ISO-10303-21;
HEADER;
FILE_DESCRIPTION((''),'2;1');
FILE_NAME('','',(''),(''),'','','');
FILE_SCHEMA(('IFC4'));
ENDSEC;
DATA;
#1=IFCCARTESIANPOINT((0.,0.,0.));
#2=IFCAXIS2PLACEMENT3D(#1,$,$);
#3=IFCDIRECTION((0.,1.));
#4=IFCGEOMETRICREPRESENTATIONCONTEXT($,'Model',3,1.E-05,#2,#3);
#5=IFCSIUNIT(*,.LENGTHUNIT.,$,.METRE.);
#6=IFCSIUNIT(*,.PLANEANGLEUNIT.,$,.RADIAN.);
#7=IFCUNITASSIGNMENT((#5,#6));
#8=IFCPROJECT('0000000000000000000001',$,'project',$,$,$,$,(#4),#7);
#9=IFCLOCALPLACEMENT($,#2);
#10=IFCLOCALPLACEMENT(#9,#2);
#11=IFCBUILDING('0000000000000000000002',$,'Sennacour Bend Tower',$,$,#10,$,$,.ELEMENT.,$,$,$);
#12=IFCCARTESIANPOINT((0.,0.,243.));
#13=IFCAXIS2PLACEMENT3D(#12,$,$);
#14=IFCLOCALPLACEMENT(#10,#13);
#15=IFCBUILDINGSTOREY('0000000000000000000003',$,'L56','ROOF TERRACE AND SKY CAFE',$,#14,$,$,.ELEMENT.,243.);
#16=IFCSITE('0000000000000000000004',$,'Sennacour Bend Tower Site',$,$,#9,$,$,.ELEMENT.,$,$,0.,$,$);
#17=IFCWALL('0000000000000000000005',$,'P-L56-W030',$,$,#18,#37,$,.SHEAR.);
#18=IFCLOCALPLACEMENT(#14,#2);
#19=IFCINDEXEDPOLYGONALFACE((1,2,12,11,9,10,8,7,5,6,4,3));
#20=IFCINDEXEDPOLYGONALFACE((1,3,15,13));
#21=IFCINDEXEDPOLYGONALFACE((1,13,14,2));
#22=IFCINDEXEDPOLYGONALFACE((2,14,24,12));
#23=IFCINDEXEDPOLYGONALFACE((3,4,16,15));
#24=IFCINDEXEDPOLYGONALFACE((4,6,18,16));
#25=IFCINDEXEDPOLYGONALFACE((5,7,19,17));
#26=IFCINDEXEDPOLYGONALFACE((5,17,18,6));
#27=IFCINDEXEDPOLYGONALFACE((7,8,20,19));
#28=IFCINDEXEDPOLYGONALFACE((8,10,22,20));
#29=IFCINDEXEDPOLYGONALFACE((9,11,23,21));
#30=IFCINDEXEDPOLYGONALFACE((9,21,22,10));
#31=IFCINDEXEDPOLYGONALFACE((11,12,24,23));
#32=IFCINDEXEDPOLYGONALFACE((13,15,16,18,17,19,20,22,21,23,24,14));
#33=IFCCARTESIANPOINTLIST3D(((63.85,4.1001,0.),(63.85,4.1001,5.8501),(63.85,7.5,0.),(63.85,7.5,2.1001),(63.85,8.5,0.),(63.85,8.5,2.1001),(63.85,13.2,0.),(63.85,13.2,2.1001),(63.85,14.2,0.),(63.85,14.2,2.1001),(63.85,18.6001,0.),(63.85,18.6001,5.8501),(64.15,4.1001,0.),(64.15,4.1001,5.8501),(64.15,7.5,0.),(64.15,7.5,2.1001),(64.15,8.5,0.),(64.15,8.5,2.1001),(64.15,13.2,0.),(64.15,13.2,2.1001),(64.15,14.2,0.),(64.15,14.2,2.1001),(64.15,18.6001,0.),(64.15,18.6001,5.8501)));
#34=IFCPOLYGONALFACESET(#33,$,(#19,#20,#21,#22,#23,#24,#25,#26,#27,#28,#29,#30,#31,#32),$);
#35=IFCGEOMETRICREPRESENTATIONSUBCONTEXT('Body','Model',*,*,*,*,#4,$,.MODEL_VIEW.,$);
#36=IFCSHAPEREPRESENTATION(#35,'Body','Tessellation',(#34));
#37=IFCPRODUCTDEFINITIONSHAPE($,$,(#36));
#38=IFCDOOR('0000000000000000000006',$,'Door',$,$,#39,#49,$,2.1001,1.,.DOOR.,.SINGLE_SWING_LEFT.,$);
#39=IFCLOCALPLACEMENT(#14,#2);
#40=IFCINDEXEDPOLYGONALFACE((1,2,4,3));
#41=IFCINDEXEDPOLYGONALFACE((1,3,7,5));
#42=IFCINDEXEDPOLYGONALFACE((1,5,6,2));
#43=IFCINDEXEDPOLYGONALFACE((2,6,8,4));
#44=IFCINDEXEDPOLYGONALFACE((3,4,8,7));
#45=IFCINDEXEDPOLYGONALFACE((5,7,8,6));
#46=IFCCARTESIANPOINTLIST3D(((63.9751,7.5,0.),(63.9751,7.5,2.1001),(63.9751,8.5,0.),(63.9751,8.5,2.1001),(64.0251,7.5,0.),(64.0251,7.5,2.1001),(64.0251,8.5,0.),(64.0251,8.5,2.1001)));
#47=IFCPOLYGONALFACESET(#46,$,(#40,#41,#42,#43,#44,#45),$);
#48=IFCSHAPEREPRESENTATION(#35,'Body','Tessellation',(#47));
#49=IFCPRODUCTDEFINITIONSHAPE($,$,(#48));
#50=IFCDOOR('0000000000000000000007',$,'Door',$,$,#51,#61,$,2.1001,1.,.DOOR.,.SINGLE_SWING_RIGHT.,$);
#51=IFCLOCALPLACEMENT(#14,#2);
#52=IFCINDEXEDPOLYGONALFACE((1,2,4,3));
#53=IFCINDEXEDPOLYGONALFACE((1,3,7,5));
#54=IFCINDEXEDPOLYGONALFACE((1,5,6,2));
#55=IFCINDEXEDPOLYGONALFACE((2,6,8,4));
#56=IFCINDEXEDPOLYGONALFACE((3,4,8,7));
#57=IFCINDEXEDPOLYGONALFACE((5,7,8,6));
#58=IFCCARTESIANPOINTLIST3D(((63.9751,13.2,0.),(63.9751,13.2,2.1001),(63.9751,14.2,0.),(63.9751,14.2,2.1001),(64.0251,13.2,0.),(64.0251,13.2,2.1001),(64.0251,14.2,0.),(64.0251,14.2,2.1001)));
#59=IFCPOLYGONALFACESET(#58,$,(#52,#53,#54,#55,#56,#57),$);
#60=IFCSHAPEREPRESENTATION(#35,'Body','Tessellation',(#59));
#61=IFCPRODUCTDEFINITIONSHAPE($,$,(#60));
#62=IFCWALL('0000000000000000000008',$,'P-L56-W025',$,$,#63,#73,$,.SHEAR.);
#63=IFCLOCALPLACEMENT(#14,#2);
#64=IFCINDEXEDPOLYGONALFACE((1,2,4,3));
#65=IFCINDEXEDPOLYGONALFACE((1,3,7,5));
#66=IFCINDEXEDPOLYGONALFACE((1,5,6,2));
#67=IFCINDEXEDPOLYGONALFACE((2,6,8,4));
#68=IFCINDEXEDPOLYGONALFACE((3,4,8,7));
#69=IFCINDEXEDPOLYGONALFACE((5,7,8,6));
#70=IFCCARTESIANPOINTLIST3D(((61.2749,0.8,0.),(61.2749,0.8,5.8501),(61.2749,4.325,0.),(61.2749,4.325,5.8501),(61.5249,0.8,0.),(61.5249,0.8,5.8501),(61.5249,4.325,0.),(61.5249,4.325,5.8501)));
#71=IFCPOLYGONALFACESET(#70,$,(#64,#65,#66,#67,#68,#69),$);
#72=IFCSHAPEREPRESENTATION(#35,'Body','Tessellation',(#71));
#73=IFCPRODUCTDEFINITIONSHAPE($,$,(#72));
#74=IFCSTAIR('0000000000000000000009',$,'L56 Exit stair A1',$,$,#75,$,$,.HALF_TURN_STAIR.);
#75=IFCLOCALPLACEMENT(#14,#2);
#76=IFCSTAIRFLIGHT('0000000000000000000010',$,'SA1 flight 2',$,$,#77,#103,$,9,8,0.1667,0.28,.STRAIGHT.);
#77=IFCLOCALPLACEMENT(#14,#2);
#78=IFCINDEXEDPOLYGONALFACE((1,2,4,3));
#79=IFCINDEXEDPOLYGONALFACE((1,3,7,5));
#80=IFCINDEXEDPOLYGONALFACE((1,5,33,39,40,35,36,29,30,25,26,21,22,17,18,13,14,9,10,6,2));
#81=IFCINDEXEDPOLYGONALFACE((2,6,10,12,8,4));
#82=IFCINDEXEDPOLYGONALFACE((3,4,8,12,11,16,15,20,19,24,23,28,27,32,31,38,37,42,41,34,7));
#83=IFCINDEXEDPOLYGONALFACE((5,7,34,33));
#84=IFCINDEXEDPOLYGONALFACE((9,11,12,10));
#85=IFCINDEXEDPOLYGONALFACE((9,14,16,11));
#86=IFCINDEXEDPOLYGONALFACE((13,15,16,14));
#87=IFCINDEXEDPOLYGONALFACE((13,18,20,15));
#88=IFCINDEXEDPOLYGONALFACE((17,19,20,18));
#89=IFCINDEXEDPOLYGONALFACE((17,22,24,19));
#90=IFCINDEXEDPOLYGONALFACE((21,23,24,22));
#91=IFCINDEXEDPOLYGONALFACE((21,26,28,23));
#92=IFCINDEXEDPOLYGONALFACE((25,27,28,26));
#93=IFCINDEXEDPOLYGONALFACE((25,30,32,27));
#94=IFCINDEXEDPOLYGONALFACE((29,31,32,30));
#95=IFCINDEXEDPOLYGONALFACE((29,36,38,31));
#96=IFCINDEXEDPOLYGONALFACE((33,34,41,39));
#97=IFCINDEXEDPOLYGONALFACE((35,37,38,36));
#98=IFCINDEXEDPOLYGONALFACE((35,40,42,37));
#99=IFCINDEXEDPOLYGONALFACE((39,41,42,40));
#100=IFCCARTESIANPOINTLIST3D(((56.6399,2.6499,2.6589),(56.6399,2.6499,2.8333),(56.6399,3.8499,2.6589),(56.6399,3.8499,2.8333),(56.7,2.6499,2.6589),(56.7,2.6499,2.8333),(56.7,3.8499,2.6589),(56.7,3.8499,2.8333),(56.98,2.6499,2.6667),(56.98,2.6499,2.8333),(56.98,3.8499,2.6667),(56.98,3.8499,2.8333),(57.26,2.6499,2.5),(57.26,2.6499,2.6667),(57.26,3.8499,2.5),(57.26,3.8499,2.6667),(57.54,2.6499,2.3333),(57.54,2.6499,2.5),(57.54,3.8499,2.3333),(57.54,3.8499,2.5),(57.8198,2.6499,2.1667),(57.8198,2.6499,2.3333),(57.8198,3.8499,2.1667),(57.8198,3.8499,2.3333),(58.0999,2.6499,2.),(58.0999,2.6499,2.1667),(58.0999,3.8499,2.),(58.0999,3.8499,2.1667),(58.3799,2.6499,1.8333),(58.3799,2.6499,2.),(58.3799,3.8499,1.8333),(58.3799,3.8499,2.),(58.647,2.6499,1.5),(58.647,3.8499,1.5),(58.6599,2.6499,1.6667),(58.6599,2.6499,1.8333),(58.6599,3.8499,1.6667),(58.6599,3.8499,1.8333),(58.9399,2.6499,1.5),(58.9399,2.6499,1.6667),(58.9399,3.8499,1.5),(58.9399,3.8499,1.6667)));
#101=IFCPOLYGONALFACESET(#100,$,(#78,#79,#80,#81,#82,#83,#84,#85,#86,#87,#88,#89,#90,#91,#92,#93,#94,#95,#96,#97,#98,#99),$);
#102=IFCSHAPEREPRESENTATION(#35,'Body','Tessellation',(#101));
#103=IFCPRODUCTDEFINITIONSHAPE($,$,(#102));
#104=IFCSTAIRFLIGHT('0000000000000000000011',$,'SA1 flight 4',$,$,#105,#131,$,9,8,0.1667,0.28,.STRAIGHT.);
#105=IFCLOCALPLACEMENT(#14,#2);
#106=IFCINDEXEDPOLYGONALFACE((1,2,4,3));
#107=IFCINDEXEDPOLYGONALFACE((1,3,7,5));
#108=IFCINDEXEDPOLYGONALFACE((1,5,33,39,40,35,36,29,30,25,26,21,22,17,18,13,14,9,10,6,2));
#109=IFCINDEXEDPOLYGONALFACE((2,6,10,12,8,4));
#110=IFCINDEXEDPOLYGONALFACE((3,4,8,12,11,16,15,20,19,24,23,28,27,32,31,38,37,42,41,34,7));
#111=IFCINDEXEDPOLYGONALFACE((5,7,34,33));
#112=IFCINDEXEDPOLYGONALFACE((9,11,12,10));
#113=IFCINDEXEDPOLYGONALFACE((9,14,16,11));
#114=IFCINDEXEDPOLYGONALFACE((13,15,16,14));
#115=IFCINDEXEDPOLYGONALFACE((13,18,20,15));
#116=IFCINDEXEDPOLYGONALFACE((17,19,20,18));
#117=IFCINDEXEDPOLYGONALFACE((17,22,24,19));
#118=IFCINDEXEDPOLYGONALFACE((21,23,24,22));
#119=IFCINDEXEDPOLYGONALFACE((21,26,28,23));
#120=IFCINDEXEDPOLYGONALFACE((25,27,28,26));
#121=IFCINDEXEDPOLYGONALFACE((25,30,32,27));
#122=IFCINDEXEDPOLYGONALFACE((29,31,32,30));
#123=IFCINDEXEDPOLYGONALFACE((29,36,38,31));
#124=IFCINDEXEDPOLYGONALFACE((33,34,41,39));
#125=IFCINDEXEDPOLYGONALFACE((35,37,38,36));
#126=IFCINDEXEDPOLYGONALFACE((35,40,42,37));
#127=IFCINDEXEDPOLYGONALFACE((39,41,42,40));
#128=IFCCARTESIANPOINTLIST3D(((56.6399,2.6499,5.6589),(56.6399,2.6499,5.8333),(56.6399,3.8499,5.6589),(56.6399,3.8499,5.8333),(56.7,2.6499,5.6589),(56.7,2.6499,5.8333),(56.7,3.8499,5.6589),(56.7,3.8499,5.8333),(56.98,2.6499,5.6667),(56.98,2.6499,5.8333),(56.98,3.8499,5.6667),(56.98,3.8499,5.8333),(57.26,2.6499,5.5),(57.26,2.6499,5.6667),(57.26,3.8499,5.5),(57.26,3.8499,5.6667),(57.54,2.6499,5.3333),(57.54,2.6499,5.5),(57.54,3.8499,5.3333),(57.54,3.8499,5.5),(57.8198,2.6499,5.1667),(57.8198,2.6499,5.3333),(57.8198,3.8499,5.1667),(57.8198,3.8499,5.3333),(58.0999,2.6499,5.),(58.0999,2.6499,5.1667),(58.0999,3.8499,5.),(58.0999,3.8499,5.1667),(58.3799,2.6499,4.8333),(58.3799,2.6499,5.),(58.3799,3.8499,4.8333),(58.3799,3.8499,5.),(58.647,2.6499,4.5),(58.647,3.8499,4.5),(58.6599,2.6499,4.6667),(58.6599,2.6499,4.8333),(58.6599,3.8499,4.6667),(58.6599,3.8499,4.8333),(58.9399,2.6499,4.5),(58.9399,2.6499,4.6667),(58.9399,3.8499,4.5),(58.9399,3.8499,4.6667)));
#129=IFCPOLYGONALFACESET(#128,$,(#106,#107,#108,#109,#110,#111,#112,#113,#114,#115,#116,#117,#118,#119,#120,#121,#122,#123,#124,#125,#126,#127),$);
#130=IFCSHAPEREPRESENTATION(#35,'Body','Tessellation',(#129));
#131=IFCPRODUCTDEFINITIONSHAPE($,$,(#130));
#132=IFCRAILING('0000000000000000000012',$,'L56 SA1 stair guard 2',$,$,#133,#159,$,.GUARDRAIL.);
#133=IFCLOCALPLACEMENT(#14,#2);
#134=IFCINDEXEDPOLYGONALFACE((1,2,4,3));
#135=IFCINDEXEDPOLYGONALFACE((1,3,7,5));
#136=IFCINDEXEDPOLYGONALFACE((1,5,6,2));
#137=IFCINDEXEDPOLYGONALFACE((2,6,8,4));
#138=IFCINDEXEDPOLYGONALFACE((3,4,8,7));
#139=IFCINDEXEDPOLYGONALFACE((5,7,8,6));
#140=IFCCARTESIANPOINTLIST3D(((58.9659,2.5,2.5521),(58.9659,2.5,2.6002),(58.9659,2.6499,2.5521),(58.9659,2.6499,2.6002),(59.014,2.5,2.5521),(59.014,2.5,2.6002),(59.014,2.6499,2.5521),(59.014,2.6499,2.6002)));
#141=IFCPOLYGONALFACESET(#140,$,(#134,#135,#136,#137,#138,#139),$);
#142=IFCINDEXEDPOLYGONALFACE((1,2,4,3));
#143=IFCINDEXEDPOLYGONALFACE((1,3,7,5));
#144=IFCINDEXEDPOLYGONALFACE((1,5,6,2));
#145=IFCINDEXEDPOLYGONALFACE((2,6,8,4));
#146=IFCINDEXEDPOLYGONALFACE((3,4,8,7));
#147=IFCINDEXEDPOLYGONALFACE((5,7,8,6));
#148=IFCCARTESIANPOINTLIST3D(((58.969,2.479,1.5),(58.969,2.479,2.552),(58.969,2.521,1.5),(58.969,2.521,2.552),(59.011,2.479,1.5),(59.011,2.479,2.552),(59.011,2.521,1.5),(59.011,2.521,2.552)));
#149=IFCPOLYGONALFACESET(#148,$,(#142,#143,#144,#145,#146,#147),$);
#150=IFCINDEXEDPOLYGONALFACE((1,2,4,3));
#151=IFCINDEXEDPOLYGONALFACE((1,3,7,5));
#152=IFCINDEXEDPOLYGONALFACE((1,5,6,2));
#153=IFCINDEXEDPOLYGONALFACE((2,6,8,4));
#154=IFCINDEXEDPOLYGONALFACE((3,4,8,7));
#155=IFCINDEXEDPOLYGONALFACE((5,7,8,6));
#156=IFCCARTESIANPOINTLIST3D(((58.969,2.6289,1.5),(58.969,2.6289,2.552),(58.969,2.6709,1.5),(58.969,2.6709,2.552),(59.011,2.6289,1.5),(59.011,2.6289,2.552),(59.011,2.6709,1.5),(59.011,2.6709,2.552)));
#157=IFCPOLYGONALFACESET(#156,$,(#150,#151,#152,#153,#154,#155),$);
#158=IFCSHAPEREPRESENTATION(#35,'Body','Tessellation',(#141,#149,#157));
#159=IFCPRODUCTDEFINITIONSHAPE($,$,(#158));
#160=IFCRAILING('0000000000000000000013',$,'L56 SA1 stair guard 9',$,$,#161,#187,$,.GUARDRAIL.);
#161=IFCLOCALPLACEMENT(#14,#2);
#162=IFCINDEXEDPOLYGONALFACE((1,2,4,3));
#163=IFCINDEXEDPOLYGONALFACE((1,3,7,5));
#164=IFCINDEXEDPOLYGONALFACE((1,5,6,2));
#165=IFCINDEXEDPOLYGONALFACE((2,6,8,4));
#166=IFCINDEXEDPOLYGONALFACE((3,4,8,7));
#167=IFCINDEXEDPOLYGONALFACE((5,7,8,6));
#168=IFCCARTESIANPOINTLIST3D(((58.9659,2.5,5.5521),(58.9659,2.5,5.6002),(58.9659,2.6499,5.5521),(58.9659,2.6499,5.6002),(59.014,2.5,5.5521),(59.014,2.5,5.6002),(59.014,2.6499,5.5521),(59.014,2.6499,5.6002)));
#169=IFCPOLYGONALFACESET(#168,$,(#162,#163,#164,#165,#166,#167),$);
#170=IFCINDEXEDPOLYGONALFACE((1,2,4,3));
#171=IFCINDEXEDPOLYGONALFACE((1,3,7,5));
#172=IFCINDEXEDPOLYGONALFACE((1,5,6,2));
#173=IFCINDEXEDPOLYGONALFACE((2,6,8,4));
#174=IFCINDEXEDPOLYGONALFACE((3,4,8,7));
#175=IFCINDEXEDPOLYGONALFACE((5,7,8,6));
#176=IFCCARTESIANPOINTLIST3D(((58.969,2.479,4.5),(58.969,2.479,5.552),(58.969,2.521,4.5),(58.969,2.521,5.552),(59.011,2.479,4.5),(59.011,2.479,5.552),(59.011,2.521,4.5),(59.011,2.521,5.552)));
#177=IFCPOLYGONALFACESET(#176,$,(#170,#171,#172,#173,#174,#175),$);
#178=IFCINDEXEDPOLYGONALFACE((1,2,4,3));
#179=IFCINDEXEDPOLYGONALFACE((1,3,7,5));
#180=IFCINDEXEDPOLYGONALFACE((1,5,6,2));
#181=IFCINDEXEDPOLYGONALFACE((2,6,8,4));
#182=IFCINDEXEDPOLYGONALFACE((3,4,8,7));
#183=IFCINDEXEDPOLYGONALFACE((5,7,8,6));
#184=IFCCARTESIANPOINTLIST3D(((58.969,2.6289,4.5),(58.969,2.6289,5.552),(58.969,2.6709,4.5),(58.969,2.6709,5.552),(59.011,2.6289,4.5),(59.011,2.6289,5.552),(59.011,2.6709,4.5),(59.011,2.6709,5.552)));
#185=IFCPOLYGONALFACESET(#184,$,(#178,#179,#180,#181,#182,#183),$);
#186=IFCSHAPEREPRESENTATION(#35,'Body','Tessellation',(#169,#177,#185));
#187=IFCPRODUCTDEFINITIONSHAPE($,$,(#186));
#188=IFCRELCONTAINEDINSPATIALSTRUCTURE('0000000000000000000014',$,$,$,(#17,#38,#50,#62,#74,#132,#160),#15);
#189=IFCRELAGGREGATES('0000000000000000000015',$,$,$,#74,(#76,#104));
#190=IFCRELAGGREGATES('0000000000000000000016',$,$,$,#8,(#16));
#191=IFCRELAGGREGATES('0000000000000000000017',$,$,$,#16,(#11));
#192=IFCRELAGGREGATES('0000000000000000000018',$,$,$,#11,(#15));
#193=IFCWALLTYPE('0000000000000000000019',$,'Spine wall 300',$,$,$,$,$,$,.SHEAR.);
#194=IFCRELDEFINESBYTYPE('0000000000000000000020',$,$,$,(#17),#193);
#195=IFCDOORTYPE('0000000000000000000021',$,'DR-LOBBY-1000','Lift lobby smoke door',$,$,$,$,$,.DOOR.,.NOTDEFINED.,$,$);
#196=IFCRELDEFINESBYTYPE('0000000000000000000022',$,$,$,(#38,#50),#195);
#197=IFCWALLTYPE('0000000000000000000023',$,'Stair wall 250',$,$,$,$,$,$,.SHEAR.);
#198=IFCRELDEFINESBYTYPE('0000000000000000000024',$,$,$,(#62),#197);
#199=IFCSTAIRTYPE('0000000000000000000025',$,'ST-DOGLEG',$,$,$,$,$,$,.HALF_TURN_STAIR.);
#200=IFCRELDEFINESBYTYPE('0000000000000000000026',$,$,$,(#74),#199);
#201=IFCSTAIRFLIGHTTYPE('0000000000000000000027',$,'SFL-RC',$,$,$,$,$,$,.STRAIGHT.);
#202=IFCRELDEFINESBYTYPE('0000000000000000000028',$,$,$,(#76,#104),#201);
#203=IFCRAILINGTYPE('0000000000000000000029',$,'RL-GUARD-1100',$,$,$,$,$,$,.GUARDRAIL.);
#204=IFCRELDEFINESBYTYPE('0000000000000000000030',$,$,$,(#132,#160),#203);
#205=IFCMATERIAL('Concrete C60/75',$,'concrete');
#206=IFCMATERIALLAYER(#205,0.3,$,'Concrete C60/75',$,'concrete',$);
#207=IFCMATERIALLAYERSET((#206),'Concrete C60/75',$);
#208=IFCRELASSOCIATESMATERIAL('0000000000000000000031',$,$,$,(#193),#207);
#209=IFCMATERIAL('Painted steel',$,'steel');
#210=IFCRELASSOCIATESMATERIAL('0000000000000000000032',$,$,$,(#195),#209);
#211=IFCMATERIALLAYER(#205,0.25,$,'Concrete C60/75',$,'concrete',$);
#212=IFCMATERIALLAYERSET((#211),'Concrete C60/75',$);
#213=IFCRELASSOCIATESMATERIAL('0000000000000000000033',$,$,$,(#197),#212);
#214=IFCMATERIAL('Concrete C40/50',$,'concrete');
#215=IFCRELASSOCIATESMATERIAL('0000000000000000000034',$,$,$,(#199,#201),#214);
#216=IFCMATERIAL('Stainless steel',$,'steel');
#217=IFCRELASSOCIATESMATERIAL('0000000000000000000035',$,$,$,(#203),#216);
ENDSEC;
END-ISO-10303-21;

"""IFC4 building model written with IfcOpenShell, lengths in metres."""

from ifc_helpers import new_model, si_unit, direction, frame, frame_2d, origin, origin_2d, place, context, subcontext, project, spatial, polyline, rectangle, outline, extrude, material, layer, layer_set, type_object, element, fill, aggregate, save


model = new_model("IFC4")

# Units and contexts
model_context = context("Model", 3, precision=1e-05, world=origin(), true_north=direction((0.0, 1.0)))
body_context = subcontext(model_context, "Body", "Model", "MODEL_VIEW")
ifc_project = project(units=[si_unit("LENGTHUNIT", "METRE"), si_unit("PLANEANGLEUNIT", "RADIAN")], contexts=[model_context])

# Site, building, storey
site_placement = place(None, origin())
site = spatial("IfcSite", under=ifc_project, at=site_placement, Name="Sennacour Bend Tower Site", CompositionType="ELEMENT", RefElevation=0.0)
building_placement = place(site_placement, origin())
building = spatial("IfcBuilding", under=site, at=building_placement, Name="Sennacour Bend Tower", CompositionType="ELEMENT")
storey_placement = place(building_placement, frame((0.0, 0.0, 243.0)))
storey = spatial("IfcBuildingStorey", under=building, at=storey_placement, Name="L56", Description="ROOF TERRACE AND SKY CAFE", CompositionType="ELEMENT", Elevation=243.0)

# Shared definitions
ifc_material_1 = material(Name="Painted steel", Category="steel")

# Wall, openings, doors
ifc_material_2 = material(Name="Concrete C60/75", Category="concrete")
ifc_layer_1 = layer(ifc_material_2, 0.3, Name="Concrete C60/75", Category="concrete")
ifc_layer_set_1 = layer_set([ifc_layer_1], Name="Concrete C60/75")
wall_type_1 = type_object("IfcWallType", Name="Spine wall 300", PredefinedType="SHEAR", material=ifc_layer_set_1)
wall_1_placement = place(storey_placement, frame((64.0, 4.1001, 0.0), z_axis=(0.0, 0.0, 1.0), x_axis=(0.0, 1.0, 0.0)))
wall_1 = element("IfcWall", 1, at=wall_1_placement, inside=storey, type_object=wall_type_1, Name="P-L56-W030", PredefinedType="SHEAR", context=body_context, shape_type="SweptSolid", body=[
    extrude(rectangle(XDim=14.5, YDim=0.3, at=frame_2d((7.25, 0.0))), origin(), (0.0, 0.0, 1.0), 5.8501),
])
opening_1_placement = place(wall_1_placement, frame((3.3999, 0.0, 0.0)))
opening_1 = element("IfcOpeningElement", 2, at=opening_1_placement, cuts=wall_1, PredefinedType="OPENING", context=body_context, shape_type="SweptSolid", body=[
    extrude(rectangle(XDim=1.0, YDim=2.1001, at=frame_2d((0.5, 1.05))), frame((0.0, 0.1602, 0.0), z_axis=(0.0, -1.0, 0.0), x_axis=(1.0, 0.0, 0.0)), (0.0, 0.0, 1.0), 0.3201),
])
opening_2_placement = place(wall_1_placement, frame((9.0999, 0.0, 0.0)))
opening_2 = element("IfcOpeningElement", 3, at=opening_2_placement, cuts=wall_1, PredefinedType="OPENING", context=body_context, shape_type="SweptSolid", body=[
    extrude(rectangle(XDim=1.0, YDim=2.1001, at=frame_2d((0.5, 1.05))), frame((0.0, 0.1602, 0.0), z_axis=(0.0, -1.0, 0.0), x_axis=(1.0, 0.0, 0.0)), (0.0, 0.0, 1.0), 0.3201),
])
door_type_1 = type_object("IfcDoorType", Name="DR-LOBBY-1000", Description="Lift lobby smoke door", OperationType="NOTDEFINED", PredefinedType="DOOR", material=ifc_material_1)
door_1_placement = place(opening_1_placement, origin())
door_1 = element("IfcDoor", 4, at=door_1_placement, inside=storey, type_object=door_type_1, Name="Door", OperationType="SINGLE_SWING_LEFT", OverallHeight=2.1001, OverallWidth=1.0, PredefinedType="DOOR", context=body_context, shape_type="SweptSolid", body=[
    extrude(rectangle(XDim=1.0, YDim=2.1001, at=frame_2d((0.5, 1.05))), frame((0.0, 0.0249, 0.0), z_axis=(0.0, -1.0, 0.0), x_axis=(1.0, 0.0, 0.0)), (0.0, 0.0, 1.0), 0.05),
])
fill(opening_1, door_1)
door_2_placement = place(opening_2_placement, origin())
door_2 = element("IfcDoor", 5, at=door_2_placement, inside=storey, type_object=door_type_1, Name="Door", OperationType="SINGLE_SWING_RIGHT", OverallHeight=2.1001, OverallWidth=1.0, PredefinedType="DOOR", context=body_context, shape_type="SweptSolid", body=[
    extrude(rectangle(XDim=1.0, YDim=2.1001, at=frame_2d((0.5, 1.05))), frame((0.0, 0.0249, 0.0), z_axis=(0.0, -1.0, 0.0), x_axis=(1.0, 0.0, 0.0)), (0.0, 0.0, 1.0), 0.05),
])
fill(opening_2, door_2)

# Wall
ifc_layer_2 = layer(ifc_material_2, 0.25, Name="Concrete C60/75", Category="concrete")
ifc_layer_set_2 = layer_set([ifc_layer_2], Name="Concrete C60/75")
wall_type_2 = type_object("IfcWallType", Name="Stair wall 250", PredefinedType="SHEAR", material=ifc_layer_set_2)
wall_2_placement = place(storey_placement, frame((61.3999, 0.8, 0.0), z_axis=(0.0, 0.0, 1.0), x_axis=(0.0, 1.0, 0.0)))
element("IfcWall", 6, at=wall_2_placement, inside=storey, type_object=wall_type_2, Name="P-L56-W025", PredefinedType="SHEAR", context=body_context, shape_type="SweptSolid", body=[
    extrude(rectangle(XDim=3.5249, YDim=0.25, at=frame_2d((1.7625, 0.0))), origin(), (0.0, 0.0, 1.0), 5.8501),
])

# Stair, stair flights
ifc_material_3 = material(Name="Concrete C40/50", Category="concrete")
stair_type = type_object("IfcStairType", Name="ST-DOGLEG", PredefinedType="HALF_TURN_STAIR", material=ifc_material_3)
stair_placement = place(storey_placement, origin())
stair = element("IfcStair", 7, at=stair_placement, inside=storey, type_object=stair_type, Name="L56 Exit stair A1", PredefinedType="HALF_TURN_STAIR")
stair_flight_type = type_object("IfcStairFlightType", Name="SFL-RC", PredefinedType="STRAIGHT", material=ifc_material_3)
stair_flight_1_placement = place(storey_placement, frame((58.9399, 3.25, 1.5), z_axis=(0.0, 0.0, 1.0), x_axis=(-1.0, 0.0, 0.0)))
stair_flight_1 = element("IfcStairFlight", 8, at=stair_flight_1_placement, type_object=stair_flight_type, Name="SA1 flight 2", NumberOfRisers=9, NumberOfTreads=8, PredefinedType="STRAIGHT", RiserHeight=0.1667, TreadLength=0.28, context=body_context, shape_type="SweptSolid", body=[
    extrude(outline(polyline([(0.0, 0.0), (0.0, 0.1667), (0.28, 0.1667), (0.28, 0.3333), (0.5601, 0.3333), (0.5601, 0.5), (0.8401, 0.5), (0.8401, 0.6667), (1.1201, 0.6667), (1.1201, 0.8333), (1.3999, 0.8333), (1.3999, 1.0), (1.6799, 1.0), (1.6799, 1.1667), (1.96, 1.1667), (1.96, 1.3333), (2.24, 1.3333), (2.3, 1.3333), (2.3, 1.1589), (2.24, 1.1589), (0.293, 0.0), (0.0, 0.0)])), frame((0.0, 0.6001, 0.0), z_axis=(0.0, -1.0, 0.0), x_axis=(1.0, 0.0, 0.0)), (0.0, 0.0, 1.0), 1.2),
])
stair_flight_2_placement = place(storey_placement, frame((58.9399, 3.25, 4.5), z_axis=(0.0, 0.0, 1.0), x_axis=(-1.0, 0.0, 0.0)))
stair_flight_2 = element("IfcStairFlight", 9, at=stair_flight_2_placement, type_object=stair_flight_type, Name="SA1 flight 4", NumberOfRisers=9, NumberOfTreads=8, PredefinedType="STRAIGHT", RiserHeight=0.1667, TreadLength=0.28, context=body_context, shape_type="SweptSolid", body=[
    extrude(outline(polyline([(0.0, 0.0), (0.0, 0.1667), (0.28, 0.1667), (0.28, 0.3333), (0.5601, 0.3333), (0.5601, 0.5), (0.8401, 0.5), (0.8401, 0.6667), (1.1201, 0.6667), (1.1201, 0.8333), (1.3999, 0.8333), (1.3999, 1.0), (1.6799, 1.0), (1.6799, 1.1667), (1.96, 1.1667), (1.96, 1.3333), (2.24, 1.3333), (2.3, 1.3333), (2.3, 1.1589), (2.24, 1.1589), (0.293, 0.0), (0.0, 0.0)])), frame((0.0, 0.6001, 0.0), z_axis=(0.0, -1.0, 0.0), x_axis=(1.0, 0.0, 0.0)), (0.0, 0.0, 1.0), 1.2),
])
aggregate(stair, [stair_flight_1, stair_flight_2])

# Railings
ifc_material_4 = material(Name="Stainless steel", Category="steel")
railing_type_1 = type_object("IfcRailingType", Name="RL-GUARD-1100", PredefinedType="GUARDRAIL", material=ifc_material_4)
for number, where, name in (
    (10, (58.99, 2.5, 1.5), "L56 SA1 stair guard 2"),
    (11, (58.99, 2.5, 4.5), "L56 SA1 stair guard 9"),
):
    element("IfcRailing", number, at=place(storey_placement, frame(where)), inside=storey, type_object=railing_type_1, Name=name, PredefinedType="GUARDRAIL", context=body_context, shape_type="SweptSolid", body=[
        extrude(rectangle(XDim=0.0481, YDim=0.0481, at=origin_2d()), frame((0.0, 0.0, 1.0762), z_axis=(0.0, 1.0, 0.0), x_axis=(-1.0, 0.0, 0.0)), (0.0, 0.0, 1.0), 0.1499),
        extrude(rectangle(XDim=0.042, YDim=0.042, at=origin_2d()), origin(), (0.0, 0.0, 1.0), 1.052),
        extrude(rectangle(XDim=0.042, YDim=0.042, at=origin_2d()), frame((0.0, 0.1499, 0.0)), (0.0, 0.0, 1.0), 1.052),
    ])

save(model, "model.ifc")
